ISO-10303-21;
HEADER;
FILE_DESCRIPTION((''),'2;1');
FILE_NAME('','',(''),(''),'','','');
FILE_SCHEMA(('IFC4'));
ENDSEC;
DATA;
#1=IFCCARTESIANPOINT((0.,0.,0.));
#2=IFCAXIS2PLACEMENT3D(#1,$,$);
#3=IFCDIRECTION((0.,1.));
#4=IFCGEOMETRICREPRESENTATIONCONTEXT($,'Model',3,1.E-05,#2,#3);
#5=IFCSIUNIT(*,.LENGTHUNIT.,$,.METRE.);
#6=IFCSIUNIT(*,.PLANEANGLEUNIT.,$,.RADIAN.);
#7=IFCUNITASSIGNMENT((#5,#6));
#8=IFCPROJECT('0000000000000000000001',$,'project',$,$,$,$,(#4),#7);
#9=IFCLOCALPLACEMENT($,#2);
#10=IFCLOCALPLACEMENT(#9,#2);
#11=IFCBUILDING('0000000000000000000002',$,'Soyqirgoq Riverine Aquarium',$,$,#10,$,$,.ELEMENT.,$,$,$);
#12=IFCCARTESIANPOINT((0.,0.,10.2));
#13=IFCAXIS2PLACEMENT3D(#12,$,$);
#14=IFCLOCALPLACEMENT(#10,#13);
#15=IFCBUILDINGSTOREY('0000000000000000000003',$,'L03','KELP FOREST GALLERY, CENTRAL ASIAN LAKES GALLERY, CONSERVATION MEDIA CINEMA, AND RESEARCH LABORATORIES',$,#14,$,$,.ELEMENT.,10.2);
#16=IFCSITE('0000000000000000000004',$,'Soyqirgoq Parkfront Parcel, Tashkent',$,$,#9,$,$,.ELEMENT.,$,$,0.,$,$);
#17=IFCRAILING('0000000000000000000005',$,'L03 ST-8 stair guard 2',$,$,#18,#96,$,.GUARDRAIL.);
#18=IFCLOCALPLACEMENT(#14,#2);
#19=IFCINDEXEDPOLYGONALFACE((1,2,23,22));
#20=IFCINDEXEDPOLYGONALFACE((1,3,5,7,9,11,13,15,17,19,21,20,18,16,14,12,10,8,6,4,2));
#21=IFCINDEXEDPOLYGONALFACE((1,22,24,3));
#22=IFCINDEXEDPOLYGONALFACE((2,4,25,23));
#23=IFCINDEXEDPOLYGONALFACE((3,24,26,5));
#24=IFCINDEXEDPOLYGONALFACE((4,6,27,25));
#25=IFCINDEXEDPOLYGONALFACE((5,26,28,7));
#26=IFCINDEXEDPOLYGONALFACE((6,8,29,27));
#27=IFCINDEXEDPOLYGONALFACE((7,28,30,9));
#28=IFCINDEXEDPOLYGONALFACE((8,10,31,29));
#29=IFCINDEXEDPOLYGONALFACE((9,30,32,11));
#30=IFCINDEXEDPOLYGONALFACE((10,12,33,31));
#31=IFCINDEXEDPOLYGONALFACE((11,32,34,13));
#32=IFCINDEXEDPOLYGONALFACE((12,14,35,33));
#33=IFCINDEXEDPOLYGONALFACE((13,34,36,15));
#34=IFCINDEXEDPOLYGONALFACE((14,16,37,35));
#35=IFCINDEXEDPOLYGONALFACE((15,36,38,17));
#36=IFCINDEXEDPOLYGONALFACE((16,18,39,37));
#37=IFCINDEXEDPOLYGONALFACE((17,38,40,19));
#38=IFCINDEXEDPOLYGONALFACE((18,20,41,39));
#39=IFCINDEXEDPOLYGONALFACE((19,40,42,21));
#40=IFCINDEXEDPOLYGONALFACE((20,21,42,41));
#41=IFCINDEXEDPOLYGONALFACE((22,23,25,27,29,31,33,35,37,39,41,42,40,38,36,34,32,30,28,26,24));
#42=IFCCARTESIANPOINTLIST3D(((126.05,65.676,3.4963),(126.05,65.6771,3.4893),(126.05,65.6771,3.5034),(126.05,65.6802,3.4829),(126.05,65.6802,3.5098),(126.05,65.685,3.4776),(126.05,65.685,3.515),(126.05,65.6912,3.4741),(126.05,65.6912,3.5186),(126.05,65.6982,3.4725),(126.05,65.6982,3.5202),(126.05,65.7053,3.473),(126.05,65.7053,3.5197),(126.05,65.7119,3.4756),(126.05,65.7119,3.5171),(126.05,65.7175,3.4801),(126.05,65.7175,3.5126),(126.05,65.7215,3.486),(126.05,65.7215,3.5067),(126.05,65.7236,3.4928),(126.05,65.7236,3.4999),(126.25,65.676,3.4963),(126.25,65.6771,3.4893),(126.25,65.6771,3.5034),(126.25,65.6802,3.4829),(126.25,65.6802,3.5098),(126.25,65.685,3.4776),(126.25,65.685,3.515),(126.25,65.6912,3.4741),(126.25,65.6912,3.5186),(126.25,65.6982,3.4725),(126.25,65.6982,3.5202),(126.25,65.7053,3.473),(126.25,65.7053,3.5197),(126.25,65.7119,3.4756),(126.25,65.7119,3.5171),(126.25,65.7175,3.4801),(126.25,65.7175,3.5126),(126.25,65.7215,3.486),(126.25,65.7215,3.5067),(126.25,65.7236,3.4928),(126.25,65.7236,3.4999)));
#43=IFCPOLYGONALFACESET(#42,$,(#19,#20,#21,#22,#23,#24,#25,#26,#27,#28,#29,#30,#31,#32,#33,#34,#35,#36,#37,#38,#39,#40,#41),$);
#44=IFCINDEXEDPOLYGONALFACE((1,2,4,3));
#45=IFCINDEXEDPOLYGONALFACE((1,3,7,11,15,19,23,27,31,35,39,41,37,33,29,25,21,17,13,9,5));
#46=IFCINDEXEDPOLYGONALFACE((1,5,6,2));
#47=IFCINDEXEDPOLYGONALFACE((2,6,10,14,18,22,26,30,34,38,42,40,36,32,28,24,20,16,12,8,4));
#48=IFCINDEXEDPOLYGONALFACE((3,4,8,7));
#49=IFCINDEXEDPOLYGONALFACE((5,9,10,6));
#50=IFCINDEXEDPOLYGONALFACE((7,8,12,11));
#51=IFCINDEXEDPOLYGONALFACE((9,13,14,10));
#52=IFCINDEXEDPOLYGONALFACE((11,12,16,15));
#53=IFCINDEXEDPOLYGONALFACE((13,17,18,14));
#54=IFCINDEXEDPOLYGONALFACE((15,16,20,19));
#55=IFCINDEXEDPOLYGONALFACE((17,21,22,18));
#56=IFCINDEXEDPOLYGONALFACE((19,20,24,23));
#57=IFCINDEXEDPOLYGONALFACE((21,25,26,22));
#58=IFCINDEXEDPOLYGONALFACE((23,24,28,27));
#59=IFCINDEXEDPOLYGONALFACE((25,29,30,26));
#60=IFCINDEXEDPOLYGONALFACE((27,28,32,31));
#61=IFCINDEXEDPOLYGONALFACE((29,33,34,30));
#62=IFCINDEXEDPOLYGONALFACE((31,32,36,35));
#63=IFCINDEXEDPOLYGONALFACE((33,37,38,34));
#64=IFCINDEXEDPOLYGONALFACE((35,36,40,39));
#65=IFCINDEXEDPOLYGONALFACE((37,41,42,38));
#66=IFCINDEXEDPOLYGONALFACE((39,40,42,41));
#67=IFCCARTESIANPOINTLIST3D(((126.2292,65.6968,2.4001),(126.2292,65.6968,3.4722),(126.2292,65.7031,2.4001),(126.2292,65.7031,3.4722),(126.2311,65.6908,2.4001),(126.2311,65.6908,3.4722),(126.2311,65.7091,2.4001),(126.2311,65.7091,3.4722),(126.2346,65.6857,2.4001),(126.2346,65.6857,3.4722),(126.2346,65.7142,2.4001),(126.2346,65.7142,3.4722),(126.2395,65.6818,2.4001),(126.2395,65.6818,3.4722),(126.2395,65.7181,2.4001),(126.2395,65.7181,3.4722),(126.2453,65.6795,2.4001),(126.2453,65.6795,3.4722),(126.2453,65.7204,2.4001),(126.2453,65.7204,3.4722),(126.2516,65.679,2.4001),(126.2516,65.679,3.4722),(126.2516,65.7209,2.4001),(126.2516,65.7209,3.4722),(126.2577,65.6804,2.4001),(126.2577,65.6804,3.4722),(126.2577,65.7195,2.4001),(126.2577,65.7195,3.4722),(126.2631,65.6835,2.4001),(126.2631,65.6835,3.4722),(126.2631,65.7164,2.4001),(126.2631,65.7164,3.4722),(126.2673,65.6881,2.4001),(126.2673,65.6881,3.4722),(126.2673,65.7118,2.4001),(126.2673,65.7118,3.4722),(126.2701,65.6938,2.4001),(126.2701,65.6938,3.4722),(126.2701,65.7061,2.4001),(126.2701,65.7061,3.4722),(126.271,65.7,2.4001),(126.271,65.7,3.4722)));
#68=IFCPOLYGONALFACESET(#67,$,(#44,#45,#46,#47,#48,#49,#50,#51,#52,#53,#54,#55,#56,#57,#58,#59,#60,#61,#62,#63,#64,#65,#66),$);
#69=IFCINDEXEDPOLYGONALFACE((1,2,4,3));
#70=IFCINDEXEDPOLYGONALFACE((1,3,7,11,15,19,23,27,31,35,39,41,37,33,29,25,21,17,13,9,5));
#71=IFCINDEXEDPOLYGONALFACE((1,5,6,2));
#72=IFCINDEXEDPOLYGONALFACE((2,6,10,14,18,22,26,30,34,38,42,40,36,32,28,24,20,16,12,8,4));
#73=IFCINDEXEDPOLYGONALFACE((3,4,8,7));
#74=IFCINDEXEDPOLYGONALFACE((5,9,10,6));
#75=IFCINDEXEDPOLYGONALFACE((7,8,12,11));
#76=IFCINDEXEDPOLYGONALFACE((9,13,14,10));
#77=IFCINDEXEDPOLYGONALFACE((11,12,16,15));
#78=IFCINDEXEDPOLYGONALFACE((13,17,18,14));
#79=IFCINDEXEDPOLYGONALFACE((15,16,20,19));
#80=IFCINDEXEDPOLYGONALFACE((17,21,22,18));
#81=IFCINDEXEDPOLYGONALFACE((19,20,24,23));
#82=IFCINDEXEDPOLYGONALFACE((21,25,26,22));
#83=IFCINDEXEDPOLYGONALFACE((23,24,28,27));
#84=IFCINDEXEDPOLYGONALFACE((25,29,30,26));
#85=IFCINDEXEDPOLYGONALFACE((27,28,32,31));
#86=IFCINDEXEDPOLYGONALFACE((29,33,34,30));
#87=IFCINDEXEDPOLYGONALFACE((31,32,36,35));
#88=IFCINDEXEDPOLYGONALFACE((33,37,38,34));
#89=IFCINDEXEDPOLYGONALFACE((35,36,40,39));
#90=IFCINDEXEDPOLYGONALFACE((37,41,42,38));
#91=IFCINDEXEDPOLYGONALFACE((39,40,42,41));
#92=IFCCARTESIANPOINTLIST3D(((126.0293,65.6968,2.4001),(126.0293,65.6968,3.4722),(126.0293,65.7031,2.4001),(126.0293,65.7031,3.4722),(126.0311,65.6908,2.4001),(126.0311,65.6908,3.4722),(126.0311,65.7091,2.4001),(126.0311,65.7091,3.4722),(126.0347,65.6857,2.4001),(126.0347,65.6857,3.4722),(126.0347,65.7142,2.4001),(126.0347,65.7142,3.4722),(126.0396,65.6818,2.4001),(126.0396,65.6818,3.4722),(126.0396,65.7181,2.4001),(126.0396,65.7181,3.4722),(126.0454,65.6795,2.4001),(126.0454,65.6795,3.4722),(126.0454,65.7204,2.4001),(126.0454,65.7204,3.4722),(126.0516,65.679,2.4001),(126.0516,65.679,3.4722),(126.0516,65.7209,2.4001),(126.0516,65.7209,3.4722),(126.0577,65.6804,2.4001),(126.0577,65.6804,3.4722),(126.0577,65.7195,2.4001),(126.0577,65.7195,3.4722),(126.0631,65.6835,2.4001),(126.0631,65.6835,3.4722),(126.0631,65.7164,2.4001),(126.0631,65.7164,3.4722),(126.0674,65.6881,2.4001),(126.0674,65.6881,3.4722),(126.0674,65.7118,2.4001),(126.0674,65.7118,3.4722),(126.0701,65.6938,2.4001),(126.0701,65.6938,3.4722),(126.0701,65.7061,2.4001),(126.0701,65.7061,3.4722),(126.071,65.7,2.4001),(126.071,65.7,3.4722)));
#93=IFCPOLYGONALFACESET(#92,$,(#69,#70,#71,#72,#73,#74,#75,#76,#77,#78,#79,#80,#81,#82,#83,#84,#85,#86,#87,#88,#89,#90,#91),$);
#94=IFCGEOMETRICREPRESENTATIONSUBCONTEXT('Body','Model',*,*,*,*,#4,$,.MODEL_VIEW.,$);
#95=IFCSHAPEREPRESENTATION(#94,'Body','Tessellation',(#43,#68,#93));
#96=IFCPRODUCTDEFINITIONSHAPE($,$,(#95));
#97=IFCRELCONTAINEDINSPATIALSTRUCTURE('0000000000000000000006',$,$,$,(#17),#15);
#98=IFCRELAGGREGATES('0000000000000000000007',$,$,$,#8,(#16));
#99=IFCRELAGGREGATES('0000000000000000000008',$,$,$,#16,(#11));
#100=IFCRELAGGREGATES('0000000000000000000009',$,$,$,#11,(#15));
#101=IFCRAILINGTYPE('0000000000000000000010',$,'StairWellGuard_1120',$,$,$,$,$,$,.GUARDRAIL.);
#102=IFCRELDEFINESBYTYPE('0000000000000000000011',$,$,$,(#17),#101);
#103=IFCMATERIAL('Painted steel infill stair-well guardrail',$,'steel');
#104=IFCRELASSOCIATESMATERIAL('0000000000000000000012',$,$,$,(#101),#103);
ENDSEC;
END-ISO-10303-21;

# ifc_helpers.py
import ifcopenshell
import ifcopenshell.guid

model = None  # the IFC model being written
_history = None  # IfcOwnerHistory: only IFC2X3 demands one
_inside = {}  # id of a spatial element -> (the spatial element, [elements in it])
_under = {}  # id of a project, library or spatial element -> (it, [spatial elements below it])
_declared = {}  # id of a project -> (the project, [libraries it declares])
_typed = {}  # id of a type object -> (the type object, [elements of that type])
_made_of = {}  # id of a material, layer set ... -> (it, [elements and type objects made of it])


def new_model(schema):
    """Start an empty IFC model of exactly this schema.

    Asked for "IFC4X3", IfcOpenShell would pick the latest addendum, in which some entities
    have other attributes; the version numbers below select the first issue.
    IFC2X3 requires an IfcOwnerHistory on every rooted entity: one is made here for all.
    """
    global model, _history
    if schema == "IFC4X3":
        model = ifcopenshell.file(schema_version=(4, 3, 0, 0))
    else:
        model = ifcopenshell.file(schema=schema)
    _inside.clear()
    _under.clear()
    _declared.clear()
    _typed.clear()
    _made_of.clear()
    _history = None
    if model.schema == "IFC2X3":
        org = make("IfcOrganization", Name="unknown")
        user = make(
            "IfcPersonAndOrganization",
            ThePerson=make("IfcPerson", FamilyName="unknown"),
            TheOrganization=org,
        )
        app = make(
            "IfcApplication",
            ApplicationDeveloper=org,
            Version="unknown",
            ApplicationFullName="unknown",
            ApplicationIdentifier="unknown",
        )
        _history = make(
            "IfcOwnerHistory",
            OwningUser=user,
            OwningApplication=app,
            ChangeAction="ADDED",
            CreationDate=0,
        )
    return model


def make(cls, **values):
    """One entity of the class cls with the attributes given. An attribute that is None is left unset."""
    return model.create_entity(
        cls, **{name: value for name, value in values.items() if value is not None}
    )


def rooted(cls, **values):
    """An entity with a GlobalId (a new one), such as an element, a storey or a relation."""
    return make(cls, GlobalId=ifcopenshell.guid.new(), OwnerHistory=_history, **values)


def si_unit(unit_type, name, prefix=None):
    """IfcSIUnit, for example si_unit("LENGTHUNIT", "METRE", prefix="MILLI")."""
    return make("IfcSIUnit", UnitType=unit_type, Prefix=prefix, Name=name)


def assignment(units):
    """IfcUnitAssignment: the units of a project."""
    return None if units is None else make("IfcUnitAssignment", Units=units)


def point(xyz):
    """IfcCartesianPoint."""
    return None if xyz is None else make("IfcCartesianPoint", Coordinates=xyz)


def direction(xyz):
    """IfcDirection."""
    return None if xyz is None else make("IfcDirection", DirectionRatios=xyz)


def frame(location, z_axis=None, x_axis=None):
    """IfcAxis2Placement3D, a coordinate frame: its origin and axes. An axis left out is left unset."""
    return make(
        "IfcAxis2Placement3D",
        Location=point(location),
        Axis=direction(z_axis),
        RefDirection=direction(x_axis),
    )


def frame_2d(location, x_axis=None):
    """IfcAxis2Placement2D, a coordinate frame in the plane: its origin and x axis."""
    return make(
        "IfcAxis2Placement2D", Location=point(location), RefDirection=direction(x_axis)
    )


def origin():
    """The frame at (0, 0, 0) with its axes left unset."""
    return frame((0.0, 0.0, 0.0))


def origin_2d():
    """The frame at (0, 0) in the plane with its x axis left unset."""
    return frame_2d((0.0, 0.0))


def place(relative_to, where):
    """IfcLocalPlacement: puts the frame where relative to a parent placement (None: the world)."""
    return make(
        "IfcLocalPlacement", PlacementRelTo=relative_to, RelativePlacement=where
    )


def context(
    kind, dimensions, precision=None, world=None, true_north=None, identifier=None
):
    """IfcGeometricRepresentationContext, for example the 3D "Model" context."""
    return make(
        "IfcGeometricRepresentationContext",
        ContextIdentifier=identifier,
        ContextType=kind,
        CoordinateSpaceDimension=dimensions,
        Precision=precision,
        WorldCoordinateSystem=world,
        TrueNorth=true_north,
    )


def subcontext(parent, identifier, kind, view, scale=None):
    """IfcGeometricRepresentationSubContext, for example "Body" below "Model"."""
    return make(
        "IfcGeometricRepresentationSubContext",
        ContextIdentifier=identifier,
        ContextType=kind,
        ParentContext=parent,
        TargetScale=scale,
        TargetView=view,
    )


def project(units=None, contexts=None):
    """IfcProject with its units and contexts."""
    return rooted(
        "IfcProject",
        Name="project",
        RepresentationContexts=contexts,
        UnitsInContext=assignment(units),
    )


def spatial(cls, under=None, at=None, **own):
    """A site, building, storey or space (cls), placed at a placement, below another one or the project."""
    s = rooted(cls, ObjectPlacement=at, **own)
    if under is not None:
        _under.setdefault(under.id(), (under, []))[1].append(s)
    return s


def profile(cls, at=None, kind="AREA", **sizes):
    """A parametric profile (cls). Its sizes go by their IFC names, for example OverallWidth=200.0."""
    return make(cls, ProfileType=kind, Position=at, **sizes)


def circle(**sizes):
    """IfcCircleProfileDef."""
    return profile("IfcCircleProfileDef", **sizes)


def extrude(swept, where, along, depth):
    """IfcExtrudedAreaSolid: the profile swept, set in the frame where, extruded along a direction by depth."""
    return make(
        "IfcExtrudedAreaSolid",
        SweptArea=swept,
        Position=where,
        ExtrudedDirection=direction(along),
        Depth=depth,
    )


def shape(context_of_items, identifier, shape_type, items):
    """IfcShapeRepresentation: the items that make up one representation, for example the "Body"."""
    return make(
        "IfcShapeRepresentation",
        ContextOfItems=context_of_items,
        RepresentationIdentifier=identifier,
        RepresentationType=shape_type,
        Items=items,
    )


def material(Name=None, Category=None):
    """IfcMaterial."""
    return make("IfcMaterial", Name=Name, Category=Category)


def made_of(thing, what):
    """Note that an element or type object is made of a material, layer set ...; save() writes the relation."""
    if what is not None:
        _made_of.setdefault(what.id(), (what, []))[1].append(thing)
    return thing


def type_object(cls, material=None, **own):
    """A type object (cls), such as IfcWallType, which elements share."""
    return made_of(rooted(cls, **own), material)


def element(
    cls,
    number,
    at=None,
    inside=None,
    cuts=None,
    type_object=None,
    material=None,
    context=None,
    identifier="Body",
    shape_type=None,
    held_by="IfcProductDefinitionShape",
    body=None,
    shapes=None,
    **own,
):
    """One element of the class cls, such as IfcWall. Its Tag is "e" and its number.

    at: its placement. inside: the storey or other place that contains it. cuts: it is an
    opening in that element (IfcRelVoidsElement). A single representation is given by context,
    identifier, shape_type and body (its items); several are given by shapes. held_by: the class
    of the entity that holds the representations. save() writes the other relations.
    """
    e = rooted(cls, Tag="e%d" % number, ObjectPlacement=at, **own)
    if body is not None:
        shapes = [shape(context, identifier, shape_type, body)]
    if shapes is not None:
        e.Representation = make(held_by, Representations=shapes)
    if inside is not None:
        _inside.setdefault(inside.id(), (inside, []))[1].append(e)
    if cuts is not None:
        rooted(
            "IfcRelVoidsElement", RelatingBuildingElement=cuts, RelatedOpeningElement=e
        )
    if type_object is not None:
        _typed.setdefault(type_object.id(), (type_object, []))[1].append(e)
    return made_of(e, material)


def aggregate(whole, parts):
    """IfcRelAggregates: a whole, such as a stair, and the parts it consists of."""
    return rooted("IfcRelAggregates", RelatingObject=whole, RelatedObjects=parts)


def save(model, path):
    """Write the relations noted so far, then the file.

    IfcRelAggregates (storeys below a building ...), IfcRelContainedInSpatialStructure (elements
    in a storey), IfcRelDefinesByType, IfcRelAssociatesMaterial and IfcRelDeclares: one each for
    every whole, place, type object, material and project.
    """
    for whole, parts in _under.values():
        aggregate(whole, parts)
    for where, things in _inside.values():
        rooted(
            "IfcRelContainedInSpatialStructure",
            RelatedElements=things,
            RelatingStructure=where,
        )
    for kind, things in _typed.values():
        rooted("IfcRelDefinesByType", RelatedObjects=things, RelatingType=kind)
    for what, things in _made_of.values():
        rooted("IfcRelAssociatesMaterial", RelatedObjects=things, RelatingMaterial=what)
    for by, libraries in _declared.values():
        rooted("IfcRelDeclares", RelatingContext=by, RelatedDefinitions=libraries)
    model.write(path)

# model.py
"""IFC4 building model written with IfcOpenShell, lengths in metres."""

from ifc_helpers import new_model, si_unit, direction, frame, origin, origin_2d, place, context, subcontext, project, spatial, circle, extrude, material, type_object, element, save


model = new_model("IFC4")

# Units and contexts
model_context = context("Model", 3, precision=1e-05, world=origin(), true_north=direction((0.0, 1.0)))
body_context = subcontext(model_context, "Body", "Model", "MODEL_VIEW")
ifc_project = project(units=[si_unit("LENGTHUNIT", "METRE"), si_unit("PLANEANGLEUNIT", "RADIAN")], contexts=[model_context])

# Site, building, storey
site_placement = place(None, origin())
site = spatial("IfcSite", under=ifc_project, at=site_placement, Name="Soyqirgoq Parkfront Parcel, Tashkent", CompositionType="ELEMENT", RefElevation=0.0)
building_placement = place(site_placement, origin())
building = spatial("IfcBuilding", under=site, at=building_placement, Name="Soyqirgoq Riverine Aquarium", CompositionType="ELEMENT")
storey_placement = place(building_placement, frame((0.0, 0.0, 10.2)))
storey = spatial("IfcBuildingStorey", under=building, at=storey_placement, Name="L03", Description="KELP FOREST GALLERY, CENTRAL ASIAN LAKES GALLERY, CONSERVATION MEDIA CINEMA, AND RESEARCH LABORATORIES", CompositionType="ELEMENT", Elevation=10.2)

# Railing
ifc_material_1 = material(Name="Painted steel infill stair-well guardrail", Category="steel")
railing_type_1 = type_object("IfcRailingType", Name="StairWellGuard_1120", PredefinedType="GUARDRAIL", material=ifc_material_1)
railing_1_placement = place(storey_placement, frame((126.25, 65.7, 2.4001)))
element("IfcRailing", 1, at=railing_1_placement, inside=storey, type_object=railing_type_1, Name="L03 ST-8 stair guard 2", PredefinedType="GUARDRAIL", context=body_context, shape_type="SweptSolid", body=[
    extrude(circle(Radius=0.0239, at=origin_2d()), frame((0.0, 0.0, 1.0962), z_axis=(-1.0, 0.0, 0.0), x_axis=(0.0, -1.0, 0.0)), (0.0, 0.0, 1.0), 0.2),
    extrude(circle(Radius=0.021, at=origin_2d()), origin(), (0.0, 0.0, 1.0), 1.072),
    extrude(circle(Radius=0.021, at=origin_2d()), frame((-0.2, 0.0, 0.0)), (0.0, 0.0, 1.0), 1.072),
])

save(model, "model.ifc")
